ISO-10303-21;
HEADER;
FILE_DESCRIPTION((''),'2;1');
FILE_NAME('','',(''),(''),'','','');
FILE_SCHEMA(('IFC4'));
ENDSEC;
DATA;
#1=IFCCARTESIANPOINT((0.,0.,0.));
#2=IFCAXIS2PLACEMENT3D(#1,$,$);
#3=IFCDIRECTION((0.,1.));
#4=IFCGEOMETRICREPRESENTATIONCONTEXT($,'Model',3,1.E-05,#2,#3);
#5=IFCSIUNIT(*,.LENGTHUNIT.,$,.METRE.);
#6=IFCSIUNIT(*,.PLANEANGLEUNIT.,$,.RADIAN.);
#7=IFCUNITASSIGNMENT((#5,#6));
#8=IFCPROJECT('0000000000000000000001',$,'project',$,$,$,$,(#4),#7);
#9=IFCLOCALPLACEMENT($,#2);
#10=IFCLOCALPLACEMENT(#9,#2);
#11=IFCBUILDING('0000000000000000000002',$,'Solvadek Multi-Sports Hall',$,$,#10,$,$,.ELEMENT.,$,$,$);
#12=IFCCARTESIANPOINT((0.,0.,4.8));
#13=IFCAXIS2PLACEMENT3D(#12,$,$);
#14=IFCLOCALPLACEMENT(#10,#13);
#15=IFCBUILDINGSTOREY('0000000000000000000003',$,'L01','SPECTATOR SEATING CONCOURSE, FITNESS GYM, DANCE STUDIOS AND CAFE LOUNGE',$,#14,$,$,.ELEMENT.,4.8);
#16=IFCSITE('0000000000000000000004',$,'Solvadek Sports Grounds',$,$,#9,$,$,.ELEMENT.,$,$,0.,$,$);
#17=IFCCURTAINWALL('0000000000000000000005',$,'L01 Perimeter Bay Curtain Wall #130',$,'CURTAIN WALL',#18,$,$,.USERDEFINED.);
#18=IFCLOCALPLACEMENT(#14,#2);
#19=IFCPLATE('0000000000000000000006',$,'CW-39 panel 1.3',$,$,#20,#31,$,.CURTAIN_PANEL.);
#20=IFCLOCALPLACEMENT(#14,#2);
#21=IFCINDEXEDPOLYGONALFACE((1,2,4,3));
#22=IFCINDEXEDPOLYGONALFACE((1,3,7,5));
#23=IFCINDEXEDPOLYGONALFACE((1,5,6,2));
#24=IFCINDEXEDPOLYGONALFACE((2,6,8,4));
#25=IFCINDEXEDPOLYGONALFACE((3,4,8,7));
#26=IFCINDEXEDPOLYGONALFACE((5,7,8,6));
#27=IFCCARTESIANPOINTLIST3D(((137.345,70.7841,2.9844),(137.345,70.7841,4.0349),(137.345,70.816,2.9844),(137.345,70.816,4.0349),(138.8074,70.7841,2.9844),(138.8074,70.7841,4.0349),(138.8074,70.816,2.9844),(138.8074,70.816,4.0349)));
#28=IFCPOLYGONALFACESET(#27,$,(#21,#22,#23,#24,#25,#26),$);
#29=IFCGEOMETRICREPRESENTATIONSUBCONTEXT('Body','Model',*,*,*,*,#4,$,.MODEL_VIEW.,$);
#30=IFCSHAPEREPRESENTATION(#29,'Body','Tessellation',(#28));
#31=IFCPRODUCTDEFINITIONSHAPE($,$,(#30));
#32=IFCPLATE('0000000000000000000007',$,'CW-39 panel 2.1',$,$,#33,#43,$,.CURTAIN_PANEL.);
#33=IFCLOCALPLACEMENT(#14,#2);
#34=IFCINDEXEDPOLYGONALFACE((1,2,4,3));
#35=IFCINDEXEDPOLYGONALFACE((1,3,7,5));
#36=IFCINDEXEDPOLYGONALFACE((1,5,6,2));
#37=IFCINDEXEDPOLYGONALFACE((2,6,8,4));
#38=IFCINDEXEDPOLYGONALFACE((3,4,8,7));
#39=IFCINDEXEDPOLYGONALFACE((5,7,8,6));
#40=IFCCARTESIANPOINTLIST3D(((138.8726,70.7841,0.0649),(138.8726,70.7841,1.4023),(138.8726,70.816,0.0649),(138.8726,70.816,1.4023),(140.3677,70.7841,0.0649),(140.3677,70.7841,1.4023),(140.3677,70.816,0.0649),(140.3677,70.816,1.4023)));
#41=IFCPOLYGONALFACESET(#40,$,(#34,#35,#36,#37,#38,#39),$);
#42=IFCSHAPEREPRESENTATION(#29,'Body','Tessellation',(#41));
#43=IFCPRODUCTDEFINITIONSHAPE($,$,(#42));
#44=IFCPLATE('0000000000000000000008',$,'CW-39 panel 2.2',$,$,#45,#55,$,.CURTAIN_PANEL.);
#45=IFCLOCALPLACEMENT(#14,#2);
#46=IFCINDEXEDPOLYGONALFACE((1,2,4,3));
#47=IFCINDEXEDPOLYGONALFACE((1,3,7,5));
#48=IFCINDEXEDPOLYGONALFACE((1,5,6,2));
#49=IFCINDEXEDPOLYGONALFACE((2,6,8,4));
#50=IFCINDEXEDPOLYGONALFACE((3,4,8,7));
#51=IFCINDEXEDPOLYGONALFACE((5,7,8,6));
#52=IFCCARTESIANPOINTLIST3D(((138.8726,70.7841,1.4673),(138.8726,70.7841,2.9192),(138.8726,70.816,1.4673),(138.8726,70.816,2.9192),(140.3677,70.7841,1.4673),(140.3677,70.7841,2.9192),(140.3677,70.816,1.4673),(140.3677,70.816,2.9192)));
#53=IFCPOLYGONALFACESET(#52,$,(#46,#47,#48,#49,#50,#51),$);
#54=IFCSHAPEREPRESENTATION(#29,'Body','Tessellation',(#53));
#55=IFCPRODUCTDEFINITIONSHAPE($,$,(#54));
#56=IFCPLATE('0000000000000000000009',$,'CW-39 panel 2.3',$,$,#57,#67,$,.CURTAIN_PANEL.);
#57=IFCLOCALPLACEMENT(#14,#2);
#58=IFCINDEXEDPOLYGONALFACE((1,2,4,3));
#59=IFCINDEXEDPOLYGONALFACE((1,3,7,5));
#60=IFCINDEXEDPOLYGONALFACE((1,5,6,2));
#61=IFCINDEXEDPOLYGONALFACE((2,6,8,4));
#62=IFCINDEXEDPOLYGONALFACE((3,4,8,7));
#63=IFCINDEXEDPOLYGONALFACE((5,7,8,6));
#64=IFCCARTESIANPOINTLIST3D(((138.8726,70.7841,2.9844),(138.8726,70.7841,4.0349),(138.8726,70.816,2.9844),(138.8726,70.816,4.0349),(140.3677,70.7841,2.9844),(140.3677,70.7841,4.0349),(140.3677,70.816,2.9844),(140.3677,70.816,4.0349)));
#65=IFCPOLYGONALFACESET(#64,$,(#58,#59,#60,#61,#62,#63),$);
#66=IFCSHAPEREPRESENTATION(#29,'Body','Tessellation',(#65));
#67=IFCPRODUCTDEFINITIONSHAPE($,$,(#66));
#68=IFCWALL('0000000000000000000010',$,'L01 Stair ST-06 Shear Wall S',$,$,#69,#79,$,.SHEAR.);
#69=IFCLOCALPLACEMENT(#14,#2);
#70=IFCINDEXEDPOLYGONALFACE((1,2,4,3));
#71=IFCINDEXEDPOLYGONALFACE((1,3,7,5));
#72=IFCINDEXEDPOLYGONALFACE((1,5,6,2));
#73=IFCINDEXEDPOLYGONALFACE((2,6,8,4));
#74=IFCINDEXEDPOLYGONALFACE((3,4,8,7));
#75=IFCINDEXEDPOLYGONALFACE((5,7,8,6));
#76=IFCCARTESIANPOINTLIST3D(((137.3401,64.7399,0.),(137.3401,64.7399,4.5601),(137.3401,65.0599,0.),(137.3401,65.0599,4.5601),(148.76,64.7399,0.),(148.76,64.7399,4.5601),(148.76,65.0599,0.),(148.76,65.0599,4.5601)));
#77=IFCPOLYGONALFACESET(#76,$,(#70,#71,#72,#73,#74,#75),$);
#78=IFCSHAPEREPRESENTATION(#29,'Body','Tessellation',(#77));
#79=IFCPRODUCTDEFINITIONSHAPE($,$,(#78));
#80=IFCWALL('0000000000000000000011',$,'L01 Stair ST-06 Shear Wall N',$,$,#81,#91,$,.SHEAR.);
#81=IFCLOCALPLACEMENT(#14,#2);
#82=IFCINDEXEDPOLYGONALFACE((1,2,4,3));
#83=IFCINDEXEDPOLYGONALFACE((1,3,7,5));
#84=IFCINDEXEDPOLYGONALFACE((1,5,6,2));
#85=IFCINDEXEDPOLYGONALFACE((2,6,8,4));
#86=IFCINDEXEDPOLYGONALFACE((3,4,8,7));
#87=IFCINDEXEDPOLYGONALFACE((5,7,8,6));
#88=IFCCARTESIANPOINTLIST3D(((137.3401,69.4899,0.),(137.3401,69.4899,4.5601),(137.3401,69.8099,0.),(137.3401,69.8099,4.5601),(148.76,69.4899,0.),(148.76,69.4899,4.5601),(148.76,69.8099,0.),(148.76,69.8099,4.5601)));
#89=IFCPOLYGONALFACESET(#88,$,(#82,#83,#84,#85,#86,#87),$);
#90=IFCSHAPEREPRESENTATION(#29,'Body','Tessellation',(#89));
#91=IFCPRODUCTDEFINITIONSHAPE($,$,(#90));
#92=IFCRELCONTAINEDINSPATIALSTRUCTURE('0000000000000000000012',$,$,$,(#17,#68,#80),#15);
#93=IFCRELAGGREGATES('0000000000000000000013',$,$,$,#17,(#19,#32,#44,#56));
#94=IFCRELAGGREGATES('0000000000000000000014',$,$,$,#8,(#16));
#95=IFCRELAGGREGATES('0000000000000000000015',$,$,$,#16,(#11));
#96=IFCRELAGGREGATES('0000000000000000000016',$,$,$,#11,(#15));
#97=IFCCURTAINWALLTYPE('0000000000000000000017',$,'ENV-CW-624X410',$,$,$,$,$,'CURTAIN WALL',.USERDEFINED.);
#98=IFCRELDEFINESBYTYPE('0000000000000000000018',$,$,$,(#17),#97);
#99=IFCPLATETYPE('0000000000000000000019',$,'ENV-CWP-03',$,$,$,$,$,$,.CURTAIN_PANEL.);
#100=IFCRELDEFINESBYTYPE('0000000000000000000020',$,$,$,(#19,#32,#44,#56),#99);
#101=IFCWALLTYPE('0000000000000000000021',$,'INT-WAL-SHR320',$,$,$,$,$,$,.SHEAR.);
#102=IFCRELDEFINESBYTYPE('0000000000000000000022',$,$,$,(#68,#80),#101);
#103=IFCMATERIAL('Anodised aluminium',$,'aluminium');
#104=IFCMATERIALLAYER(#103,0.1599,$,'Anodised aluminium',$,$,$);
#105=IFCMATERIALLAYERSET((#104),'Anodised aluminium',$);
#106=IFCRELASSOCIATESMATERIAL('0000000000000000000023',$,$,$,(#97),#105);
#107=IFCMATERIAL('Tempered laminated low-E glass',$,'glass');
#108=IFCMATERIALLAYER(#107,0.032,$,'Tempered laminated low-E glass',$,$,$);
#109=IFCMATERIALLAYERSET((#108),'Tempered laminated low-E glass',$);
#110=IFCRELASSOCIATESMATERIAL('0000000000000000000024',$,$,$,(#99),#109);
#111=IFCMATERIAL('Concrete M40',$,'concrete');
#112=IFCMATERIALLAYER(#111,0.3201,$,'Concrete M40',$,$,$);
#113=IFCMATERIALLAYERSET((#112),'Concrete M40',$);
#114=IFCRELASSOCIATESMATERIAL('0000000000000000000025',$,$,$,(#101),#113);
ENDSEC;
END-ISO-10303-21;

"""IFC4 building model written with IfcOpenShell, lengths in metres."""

from ifc_helpers import new_model, si_unit, direction, frame, frame_2d, origin, origin_2d, place, context, subcontext, project, spatial, rectangle, extrude, material, layer, layer_set, type_object, element, aggregate, save


model = new_model("IFC4")

# Units and contexts
model_context = context("Model", 3, precision=1e-05, world=origin(), true_north=direction((0.0, 1.0)))
body_context = subcontext(model_context, "Body", "Model", "MODEL_VIEW")
ifc_project = project(units=[si_unit("LENGTHUNIT", "METRE"), si_unit("PLANEANGLEUNIT", "RADIAN")], contexts=[model_context])

# Site, building, storey
site_placement = place(None, origin())
site = spatial("IfcSite", under=ifc_project, at=site_placement, Name="Solvadek Sports Grounds", CompositionType="ELEMENT", RefElevation=0.0)
building_placement = place(site_placement, origin())
building = spatial("IfcBuilding", under=site, at=building_placement, Name="Solvadek Multi-Sports Hall", CompositionType="ELEMENT")
storey_placement = place(building_placement, frame((0.0, 0.0, 4.8)))
storey = spatial("IfcBuildingStorey", under=building, at=storey_placement, Name="L01", Description="SPECTATOR SEATING CONCOURSE, FITNESS GYM, DANCE STUDIOS AND CAFE LOUNGE", CompositionType="ELEMENT", Elevation=4.8)

# Curtain wall
ifc_material_1 = material(Name="Anodised aluminium", Category="aluminium")
ifc_layer_1 = layer(ifc_material_1, 0.1599, Name="Anodised aluminium")
ifc_layer_set_1 = layer_set([ifc_layer_1], Name="Anodised aluminium")
curtain_wall_type = type_object("IfcCurtainWallType", Name="ENV-CW-624X410", ElementType="CURTAIN WALL", PredefinedType="USERDEFINED", material=ifc_layer_set_1)
curtain_wall_placement = place(storey_placement, origin())
curtain_wall = element("IfcCurtainWall", 1, at=curtain_wall_placement, inside=storey, type_object=curtain_wall_type, Name="L01 Perimeter Bay Curtain Wall #130", ObjectType="CURTAIN WALL", PredefinedType="USERDEFINED")

# Plates
ifc_material_2 = material(Name="Tempered laminated low-E glass", Category="glass")
ifc_layer_2 = layer(ifc_material_2, 0.032, Name="Tempered laminated low-E glass")
ifc_layer_set_2 = layer_set([ifc_layer_2], Name="Tempered laminated low-E glass")
plate_type = type_object("IfcPlateType", Name="ENV-CWP-03", PredefinedType="CURTAIN_PANEL", material=ifc_layer_set_2)
plate_1_placement = place(storey_placement, frame((138.0762, 70.8, 2.9844), z_axis=(0.0, 0.0, 1.0), x_axis=(1.0, 0.0, 0.0)))
plate_1 = element("IfcPlate", 2, at=plate_1_placement, type_object=plate_type, Name="CW-39 panel 1.3", PredefinedType="CURTAIN_PANEL", context=body_context, shape_type="SweptSolid", body=[
    extrude(rectangle(XDim=1.4624, YDim=0.032, at=origin_2d()), origin(), (0.0, 0.0, 1.0), 1.0505),
])
plate_2_placement = place(storey_placement, frame((139.6201, 70.8, 0.0649), z_axis=(0.0, 0.0, 1.0), x_axis=(1.0, 0.0, 0.0)))
plate_2 = element("IfcPlate", 3, at=plate_2_placement, type_object=plate_type, Name="CW-39 panel 2.1", PredefinedType="CURTAIN_PANEL", context=body_context, shape_type="SweptSolid", body=[
    extrude(rectangle(XDim=1.4951, YDim=0.032, at=origin_2d()), origin(), (0.0, 0.0, 1.0), 1.3374),
])
plate_3_placement = place(storey_placement, frame((139.6201, 70.8, 1.4673), z_axis=(0.0, 0.0, 1.0), x_axis=(1.0, 0.0, 0.0)))
plate_3 = element("IfcPlate", 4, at=plate_3_placement, type_object=plate_type, Name="CW-39 panel 2.2", PredefinedType="CURTAIN_PANEL", context=body_context, shape_type="SweptSolid", body=[
    extrude(rectangle(XDim=1.4951, YDim=0.032, at=origin_2d()), origin(), (0.0, 0.0, 1.0), 1.4519),
])
plate_4_placement = place(storey_placement, frame((139.6201, 70.8, 2.9844), z_axis=(0.0, 0.0, 1.0), x_axis=(1.0, 0.0, 0.0)))
plate_4 = element("IfcPlate", 5, at=plate_4_placement, type_object=plate_type, Name="CW-39 panel 2.3", PredefinedType="CURTAIN_PANEL", context=body_context, shape_type="SweptSolid", body=[
    extrude(rectangle(XDim=1.4951, YDim=0.032, at=origin_2d()), origin(), (0.0, 0.0, 1.0), 1.0505),
])
aggregate(curtain_wall, [plate_1, plate_2, plate_3, plate_4])

# Walls
ifc_material_3 = material(Name="Concrete M40", Category="concrete")
ifc_layer_3 = layer(ifc_material_3, 0.3201, Name="Concrete M40")
ifc_layer_set_3 = layer_set([ifc_layer_3], Name="Concrete M40")
wall_type = type_object("IfcWallType", Name="INT-WAL-SHR320", PredefinedType="SHEAR", material=ifc_layer_set_3)
for number, where, z_axis, x_axis, name in (
    (6, (137.3401, 64.8999, 0.0), (0.0, 0.0, 1.0), (1.0, 0.0, 0.0), "L01 Stair ST-06 Shear Wall S"),
    (7, (137.3401, 69.6499, 0.0), (0.0, 0.0, 1.0), (1.0, 0.0, 0.0), "L01 Stair ST-06 Shear Wall N"),
):
    element("IfcWall", number, at=place(storey_placement, frame(where, z_axis=z_axis, x_axis=x_axis)), inside=storey, type_object=wall_type, Name=name, PredefinedType="SHEAR", context=body_context, shape_type="SweptSolid", body=[
        extrude(rectangle(XDim=11.4199, YDim=0.3201, at=frame_2d((5.71, 0.0))), origin(), (0.0, 0.0, 1.0), 4.5601),
    ])

save(model, "model.ifc")
